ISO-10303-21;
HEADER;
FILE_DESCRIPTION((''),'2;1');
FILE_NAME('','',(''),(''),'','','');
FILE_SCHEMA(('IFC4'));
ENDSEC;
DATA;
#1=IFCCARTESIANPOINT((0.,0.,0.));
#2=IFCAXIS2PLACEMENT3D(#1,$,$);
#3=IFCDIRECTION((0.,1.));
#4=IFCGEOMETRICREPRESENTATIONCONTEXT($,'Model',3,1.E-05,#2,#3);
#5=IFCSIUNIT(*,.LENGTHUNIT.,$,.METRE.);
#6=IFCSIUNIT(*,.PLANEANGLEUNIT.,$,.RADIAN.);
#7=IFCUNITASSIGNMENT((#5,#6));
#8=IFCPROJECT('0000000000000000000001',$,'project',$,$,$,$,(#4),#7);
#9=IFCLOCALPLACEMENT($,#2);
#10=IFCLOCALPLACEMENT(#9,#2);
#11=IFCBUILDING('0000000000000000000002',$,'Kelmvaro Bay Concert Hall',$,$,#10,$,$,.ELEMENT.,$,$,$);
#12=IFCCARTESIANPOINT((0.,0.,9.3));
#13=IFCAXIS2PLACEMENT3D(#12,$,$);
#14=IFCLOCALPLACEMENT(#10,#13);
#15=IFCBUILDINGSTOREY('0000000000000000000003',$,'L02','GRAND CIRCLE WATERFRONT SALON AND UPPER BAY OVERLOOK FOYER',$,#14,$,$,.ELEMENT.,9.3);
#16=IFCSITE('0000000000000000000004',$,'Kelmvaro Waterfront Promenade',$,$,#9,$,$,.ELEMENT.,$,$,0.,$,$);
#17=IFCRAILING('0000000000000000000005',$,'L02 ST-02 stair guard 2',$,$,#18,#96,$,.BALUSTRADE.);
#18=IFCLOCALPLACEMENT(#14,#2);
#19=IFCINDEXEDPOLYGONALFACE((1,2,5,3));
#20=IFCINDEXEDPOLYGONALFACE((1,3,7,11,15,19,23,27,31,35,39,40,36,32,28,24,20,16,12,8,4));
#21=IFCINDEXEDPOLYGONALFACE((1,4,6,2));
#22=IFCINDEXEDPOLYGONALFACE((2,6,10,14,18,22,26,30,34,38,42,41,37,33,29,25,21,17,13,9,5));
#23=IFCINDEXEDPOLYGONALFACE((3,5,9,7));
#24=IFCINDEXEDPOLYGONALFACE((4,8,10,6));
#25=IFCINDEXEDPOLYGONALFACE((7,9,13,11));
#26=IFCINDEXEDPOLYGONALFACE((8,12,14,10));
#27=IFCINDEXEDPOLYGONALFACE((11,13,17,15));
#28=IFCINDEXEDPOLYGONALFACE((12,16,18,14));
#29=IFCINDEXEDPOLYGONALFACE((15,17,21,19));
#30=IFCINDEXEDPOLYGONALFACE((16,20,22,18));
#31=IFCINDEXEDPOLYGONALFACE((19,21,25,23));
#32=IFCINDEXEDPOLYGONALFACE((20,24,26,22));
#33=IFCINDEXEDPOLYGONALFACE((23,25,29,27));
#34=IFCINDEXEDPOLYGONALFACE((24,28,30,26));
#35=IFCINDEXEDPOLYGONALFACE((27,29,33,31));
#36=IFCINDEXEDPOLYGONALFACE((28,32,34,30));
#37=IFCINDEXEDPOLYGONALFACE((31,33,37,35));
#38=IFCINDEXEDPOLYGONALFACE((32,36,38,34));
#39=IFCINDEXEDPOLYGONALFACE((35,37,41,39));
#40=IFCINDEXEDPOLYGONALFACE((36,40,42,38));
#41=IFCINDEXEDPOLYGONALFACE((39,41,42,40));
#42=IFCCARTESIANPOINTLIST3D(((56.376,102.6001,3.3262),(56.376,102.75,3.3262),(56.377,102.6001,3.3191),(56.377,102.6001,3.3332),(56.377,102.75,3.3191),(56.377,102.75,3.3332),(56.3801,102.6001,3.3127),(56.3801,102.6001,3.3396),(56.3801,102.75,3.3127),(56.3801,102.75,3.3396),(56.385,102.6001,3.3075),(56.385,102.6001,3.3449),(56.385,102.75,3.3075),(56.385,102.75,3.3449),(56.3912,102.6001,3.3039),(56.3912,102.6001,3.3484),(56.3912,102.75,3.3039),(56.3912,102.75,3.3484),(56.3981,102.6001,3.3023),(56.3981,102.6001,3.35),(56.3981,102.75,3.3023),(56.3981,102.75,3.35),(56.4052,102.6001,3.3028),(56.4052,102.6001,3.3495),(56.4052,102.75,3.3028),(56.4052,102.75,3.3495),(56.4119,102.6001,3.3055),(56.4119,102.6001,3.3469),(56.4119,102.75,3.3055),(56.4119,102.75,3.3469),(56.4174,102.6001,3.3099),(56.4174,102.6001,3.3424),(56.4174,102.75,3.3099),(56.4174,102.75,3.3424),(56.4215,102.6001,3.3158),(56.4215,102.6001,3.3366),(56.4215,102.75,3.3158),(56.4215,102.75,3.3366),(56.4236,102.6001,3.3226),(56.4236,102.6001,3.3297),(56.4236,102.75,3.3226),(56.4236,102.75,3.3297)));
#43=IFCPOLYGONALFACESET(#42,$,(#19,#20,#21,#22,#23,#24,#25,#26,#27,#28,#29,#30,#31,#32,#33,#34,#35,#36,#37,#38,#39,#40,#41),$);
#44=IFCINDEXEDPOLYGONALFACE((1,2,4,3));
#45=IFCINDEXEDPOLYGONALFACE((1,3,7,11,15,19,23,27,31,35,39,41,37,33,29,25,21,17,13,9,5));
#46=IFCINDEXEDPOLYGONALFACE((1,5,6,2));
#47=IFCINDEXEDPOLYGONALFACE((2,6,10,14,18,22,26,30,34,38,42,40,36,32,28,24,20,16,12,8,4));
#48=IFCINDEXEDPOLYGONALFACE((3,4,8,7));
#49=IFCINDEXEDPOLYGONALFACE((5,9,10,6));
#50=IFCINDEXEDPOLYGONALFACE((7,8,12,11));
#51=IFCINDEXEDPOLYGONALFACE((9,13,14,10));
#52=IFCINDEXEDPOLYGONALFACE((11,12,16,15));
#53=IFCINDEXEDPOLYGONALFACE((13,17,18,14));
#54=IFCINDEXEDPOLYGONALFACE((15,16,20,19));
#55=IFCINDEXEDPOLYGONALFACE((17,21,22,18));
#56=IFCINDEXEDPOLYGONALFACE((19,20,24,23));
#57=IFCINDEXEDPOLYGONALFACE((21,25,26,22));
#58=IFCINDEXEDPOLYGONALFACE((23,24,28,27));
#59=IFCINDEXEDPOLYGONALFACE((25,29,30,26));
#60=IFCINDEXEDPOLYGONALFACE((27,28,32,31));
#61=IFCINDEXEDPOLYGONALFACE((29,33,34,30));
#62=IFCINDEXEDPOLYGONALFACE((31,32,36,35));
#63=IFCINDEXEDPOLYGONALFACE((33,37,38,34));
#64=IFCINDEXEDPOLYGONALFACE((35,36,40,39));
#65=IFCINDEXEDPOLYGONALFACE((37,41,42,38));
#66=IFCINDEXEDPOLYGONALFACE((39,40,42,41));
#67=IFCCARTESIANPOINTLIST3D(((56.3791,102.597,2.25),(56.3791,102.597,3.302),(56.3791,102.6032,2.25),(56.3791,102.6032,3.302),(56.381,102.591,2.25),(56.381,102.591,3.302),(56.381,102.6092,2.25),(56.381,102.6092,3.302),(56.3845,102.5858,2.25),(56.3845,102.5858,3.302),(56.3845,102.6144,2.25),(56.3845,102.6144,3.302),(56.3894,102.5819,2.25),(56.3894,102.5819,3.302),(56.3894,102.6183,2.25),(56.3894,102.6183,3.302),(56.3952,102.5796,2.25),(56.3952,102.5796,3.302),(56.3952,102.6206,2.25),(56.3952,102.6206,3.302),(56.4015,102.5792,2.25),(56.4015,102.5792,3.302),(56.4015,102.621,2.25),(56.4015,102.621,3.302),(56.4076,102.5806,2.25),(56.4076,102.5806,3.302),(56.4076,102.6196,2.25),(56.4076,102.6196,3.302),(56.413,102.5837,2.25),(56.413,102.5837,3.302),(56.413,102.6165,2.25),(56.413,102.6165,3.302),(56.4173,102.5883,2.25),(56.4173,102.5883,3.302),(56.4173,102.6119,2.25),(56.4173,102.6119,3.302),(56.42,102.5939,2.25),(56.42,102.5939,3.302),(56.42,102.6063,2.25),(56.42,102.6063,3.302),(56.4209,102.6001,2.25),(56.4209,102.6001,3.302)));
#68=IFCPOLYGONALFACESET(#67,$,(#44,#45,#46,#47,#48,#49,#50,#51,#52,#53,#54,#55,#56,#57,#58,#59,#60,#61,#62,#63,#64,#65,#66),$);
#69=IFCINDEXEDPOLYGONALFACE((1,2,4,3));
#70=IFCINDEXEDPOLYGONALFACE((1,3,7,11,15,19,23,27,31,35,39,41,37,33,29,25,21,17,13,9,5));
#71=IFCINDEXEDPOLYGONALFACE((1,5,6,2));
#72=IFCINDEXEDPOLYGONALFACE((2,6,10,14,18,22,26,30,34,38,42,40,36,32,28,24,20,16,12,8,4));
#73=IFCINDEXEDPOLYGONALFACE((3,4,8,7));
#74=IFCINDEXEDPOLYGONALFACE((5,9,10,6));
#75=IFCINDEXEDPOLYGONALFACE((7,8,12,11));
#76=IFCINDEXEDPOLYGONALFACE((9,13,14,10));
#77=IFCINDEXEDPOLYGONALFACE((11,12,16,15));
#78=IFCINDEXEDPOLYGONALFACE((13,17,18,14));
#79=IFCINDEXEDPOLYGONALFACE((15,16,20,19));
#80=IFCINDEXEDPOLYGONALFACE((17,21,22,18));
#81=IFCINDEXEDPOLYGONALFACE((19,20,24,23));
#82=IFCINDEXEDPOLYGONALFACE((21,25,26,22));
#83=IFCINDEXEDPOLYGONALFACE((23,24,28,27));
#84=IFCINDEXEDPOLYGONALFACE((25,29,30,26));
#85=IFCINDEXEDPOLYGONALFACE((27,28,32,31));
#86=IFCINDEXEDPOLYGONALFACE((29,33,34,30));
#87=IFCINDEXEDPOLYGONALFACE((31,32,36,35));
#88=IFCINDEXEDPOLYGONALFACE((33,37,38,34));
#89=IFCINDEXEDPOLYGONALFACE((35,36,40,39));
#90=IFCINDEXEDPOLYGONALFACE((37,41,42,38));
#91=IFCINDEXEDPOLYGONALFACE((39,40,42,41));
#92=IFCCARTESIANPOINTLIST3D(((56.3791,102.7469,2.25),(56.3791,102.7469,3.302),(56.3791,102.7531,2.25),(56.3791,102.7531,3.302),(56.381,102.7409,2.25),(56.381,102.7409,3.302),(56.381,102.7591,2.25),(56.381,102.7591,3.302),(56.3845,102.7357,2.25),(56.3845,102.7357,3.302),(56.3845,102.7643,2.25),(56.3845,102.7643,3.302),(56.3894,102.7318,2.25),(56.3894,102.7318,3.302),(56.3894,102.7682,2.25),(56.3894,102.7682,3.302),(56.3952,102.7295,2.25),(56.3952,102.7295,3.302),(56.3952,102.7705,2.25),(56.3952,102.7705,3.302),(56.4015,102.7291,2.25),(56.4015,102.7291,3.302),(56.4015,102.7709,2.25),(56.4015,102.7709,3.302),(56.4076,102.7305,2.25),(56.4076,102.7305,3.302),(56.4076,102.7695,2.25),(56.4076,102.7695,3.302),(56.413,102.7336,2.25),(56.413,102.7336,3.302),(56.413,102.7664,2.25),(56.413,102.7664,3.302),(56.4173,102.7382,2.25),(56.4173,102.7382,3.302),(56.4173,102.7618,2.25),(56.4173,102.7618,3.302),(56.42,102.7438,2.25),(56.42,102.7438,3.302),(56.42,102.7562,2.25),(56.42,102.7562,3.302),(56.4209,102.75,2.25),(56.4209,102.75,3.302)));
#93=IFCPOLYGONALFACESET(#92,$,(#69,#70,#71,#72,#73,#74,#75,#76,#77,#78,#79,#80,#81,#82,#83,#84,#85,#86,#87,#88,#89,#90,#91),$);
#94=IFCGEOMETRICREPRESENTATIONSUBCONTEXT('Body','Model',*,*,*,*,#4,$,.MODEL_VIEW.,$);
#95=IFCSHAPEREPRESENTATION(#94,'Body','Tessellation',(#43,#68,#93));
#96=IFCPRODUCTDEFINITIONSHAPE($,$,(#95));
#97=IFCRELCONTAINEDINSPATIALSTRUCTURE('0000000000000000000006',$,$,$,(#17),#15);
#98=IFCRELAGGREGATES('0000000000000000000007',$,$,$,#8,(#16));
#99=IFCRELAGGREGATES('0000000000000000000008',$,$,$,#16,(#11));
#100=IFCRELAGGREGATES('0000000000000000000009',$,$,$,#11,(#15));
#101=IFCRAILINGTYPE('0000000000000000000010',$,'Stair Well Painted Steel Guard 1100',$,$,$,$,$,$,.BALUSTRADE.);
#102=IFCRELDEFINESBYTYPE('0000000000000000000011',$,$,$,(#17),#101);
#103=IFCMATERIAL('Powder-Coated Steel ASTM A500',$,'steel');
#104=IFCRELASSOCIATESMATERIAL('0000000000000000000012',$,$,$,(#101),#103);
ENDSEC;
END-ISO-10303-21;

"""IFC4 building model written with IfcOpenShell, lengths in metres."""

from ifc_helpers import new_model, si_unit, direction, frame, origin, origin_2d, place, context, subcontext, project, spatial, circle, extrude, material, type_object, element, save


model = new_model("IFC4")

# Units and contexts
model_context = context("Model", 3, precision=1e-05, world=origin(), true_north=direction((0.0, 1.0)))
body_context = subcontext(model_context, "Body", "Model", "MODEL_VIEW")
ifc_project = project(units=[si_unit("LENGTHUNIT", "METRE"), si_unit("PLANEANGLEUNIT", "RADIAN")], contexts=[model_context])

# Site, building, storey
site_placement = place(None, origin())
site = spatial("IfcSite", under=ifc_project, at=site_placement, Name="Kelmvaro Waterfront Promenade", CompositionType="ELEMENT", RefElevation=0.0)
building_placement = place(site_placement, origin())
building = spatial("IfcBuilding", under=site, at=building_placement, Name="Kelmvaro Bay Concert Hall", CompositionType="ELEMENT")
storey_placement = place(building_placement, frame((0.0, 0.0, 9.3)))
storey = spatial("IfcBuildingStorey", under=building, at=storey_placement, Name="L02", Description="GRAND CIRCLE WATERFRONT SALON AND UPPER BAY OVERLOOK FOYER", CompositionType="ELEMENT", Elevation=9.3)

# Railing
ifc_material_1 = material(Name="Powder-Coated Steel ASTM A500", Category="steel")
railing_type_1 = type_object("IfcRailingType", Name="Stair Well Painted Steel Guard 1100", PredefinedType="BALUSTRADE", material=ifc_material_1)
railing_1_placement = place(storey_placement, frame((56.3999, 102.6001, 2.25)))
element("IfcRailing", 1, at=railing_1_placement, inside=storey, type_object=railing_type_1, Name="L02 ST-02 stair guard 2", PredefinedType="BALUSTRADE", context=body_context, shape_type="SweptSolid", body=[
    extrude(circle(Radius=0.0239, at=origin_2d()), frame((0.0, 0.0, 1.0762), z_axis=(0.0, 1.0, 0.0), x_axis=(-1.0, 0.0, 0.0)), (0.0, 0.0, 1.0), 0.1499),
    extrude(circle(Radius=0.021, at=origin_2d()), origin(), (0.0, 0.0, 1.0), 1.052),
    extrude(circle(Radius=0.021, at=origin_2d()), frame((0.0, 0.1499, 0.0)), (0.0, 0.0, 1.0), 1.052),
])

save(model, "model.ifc")
